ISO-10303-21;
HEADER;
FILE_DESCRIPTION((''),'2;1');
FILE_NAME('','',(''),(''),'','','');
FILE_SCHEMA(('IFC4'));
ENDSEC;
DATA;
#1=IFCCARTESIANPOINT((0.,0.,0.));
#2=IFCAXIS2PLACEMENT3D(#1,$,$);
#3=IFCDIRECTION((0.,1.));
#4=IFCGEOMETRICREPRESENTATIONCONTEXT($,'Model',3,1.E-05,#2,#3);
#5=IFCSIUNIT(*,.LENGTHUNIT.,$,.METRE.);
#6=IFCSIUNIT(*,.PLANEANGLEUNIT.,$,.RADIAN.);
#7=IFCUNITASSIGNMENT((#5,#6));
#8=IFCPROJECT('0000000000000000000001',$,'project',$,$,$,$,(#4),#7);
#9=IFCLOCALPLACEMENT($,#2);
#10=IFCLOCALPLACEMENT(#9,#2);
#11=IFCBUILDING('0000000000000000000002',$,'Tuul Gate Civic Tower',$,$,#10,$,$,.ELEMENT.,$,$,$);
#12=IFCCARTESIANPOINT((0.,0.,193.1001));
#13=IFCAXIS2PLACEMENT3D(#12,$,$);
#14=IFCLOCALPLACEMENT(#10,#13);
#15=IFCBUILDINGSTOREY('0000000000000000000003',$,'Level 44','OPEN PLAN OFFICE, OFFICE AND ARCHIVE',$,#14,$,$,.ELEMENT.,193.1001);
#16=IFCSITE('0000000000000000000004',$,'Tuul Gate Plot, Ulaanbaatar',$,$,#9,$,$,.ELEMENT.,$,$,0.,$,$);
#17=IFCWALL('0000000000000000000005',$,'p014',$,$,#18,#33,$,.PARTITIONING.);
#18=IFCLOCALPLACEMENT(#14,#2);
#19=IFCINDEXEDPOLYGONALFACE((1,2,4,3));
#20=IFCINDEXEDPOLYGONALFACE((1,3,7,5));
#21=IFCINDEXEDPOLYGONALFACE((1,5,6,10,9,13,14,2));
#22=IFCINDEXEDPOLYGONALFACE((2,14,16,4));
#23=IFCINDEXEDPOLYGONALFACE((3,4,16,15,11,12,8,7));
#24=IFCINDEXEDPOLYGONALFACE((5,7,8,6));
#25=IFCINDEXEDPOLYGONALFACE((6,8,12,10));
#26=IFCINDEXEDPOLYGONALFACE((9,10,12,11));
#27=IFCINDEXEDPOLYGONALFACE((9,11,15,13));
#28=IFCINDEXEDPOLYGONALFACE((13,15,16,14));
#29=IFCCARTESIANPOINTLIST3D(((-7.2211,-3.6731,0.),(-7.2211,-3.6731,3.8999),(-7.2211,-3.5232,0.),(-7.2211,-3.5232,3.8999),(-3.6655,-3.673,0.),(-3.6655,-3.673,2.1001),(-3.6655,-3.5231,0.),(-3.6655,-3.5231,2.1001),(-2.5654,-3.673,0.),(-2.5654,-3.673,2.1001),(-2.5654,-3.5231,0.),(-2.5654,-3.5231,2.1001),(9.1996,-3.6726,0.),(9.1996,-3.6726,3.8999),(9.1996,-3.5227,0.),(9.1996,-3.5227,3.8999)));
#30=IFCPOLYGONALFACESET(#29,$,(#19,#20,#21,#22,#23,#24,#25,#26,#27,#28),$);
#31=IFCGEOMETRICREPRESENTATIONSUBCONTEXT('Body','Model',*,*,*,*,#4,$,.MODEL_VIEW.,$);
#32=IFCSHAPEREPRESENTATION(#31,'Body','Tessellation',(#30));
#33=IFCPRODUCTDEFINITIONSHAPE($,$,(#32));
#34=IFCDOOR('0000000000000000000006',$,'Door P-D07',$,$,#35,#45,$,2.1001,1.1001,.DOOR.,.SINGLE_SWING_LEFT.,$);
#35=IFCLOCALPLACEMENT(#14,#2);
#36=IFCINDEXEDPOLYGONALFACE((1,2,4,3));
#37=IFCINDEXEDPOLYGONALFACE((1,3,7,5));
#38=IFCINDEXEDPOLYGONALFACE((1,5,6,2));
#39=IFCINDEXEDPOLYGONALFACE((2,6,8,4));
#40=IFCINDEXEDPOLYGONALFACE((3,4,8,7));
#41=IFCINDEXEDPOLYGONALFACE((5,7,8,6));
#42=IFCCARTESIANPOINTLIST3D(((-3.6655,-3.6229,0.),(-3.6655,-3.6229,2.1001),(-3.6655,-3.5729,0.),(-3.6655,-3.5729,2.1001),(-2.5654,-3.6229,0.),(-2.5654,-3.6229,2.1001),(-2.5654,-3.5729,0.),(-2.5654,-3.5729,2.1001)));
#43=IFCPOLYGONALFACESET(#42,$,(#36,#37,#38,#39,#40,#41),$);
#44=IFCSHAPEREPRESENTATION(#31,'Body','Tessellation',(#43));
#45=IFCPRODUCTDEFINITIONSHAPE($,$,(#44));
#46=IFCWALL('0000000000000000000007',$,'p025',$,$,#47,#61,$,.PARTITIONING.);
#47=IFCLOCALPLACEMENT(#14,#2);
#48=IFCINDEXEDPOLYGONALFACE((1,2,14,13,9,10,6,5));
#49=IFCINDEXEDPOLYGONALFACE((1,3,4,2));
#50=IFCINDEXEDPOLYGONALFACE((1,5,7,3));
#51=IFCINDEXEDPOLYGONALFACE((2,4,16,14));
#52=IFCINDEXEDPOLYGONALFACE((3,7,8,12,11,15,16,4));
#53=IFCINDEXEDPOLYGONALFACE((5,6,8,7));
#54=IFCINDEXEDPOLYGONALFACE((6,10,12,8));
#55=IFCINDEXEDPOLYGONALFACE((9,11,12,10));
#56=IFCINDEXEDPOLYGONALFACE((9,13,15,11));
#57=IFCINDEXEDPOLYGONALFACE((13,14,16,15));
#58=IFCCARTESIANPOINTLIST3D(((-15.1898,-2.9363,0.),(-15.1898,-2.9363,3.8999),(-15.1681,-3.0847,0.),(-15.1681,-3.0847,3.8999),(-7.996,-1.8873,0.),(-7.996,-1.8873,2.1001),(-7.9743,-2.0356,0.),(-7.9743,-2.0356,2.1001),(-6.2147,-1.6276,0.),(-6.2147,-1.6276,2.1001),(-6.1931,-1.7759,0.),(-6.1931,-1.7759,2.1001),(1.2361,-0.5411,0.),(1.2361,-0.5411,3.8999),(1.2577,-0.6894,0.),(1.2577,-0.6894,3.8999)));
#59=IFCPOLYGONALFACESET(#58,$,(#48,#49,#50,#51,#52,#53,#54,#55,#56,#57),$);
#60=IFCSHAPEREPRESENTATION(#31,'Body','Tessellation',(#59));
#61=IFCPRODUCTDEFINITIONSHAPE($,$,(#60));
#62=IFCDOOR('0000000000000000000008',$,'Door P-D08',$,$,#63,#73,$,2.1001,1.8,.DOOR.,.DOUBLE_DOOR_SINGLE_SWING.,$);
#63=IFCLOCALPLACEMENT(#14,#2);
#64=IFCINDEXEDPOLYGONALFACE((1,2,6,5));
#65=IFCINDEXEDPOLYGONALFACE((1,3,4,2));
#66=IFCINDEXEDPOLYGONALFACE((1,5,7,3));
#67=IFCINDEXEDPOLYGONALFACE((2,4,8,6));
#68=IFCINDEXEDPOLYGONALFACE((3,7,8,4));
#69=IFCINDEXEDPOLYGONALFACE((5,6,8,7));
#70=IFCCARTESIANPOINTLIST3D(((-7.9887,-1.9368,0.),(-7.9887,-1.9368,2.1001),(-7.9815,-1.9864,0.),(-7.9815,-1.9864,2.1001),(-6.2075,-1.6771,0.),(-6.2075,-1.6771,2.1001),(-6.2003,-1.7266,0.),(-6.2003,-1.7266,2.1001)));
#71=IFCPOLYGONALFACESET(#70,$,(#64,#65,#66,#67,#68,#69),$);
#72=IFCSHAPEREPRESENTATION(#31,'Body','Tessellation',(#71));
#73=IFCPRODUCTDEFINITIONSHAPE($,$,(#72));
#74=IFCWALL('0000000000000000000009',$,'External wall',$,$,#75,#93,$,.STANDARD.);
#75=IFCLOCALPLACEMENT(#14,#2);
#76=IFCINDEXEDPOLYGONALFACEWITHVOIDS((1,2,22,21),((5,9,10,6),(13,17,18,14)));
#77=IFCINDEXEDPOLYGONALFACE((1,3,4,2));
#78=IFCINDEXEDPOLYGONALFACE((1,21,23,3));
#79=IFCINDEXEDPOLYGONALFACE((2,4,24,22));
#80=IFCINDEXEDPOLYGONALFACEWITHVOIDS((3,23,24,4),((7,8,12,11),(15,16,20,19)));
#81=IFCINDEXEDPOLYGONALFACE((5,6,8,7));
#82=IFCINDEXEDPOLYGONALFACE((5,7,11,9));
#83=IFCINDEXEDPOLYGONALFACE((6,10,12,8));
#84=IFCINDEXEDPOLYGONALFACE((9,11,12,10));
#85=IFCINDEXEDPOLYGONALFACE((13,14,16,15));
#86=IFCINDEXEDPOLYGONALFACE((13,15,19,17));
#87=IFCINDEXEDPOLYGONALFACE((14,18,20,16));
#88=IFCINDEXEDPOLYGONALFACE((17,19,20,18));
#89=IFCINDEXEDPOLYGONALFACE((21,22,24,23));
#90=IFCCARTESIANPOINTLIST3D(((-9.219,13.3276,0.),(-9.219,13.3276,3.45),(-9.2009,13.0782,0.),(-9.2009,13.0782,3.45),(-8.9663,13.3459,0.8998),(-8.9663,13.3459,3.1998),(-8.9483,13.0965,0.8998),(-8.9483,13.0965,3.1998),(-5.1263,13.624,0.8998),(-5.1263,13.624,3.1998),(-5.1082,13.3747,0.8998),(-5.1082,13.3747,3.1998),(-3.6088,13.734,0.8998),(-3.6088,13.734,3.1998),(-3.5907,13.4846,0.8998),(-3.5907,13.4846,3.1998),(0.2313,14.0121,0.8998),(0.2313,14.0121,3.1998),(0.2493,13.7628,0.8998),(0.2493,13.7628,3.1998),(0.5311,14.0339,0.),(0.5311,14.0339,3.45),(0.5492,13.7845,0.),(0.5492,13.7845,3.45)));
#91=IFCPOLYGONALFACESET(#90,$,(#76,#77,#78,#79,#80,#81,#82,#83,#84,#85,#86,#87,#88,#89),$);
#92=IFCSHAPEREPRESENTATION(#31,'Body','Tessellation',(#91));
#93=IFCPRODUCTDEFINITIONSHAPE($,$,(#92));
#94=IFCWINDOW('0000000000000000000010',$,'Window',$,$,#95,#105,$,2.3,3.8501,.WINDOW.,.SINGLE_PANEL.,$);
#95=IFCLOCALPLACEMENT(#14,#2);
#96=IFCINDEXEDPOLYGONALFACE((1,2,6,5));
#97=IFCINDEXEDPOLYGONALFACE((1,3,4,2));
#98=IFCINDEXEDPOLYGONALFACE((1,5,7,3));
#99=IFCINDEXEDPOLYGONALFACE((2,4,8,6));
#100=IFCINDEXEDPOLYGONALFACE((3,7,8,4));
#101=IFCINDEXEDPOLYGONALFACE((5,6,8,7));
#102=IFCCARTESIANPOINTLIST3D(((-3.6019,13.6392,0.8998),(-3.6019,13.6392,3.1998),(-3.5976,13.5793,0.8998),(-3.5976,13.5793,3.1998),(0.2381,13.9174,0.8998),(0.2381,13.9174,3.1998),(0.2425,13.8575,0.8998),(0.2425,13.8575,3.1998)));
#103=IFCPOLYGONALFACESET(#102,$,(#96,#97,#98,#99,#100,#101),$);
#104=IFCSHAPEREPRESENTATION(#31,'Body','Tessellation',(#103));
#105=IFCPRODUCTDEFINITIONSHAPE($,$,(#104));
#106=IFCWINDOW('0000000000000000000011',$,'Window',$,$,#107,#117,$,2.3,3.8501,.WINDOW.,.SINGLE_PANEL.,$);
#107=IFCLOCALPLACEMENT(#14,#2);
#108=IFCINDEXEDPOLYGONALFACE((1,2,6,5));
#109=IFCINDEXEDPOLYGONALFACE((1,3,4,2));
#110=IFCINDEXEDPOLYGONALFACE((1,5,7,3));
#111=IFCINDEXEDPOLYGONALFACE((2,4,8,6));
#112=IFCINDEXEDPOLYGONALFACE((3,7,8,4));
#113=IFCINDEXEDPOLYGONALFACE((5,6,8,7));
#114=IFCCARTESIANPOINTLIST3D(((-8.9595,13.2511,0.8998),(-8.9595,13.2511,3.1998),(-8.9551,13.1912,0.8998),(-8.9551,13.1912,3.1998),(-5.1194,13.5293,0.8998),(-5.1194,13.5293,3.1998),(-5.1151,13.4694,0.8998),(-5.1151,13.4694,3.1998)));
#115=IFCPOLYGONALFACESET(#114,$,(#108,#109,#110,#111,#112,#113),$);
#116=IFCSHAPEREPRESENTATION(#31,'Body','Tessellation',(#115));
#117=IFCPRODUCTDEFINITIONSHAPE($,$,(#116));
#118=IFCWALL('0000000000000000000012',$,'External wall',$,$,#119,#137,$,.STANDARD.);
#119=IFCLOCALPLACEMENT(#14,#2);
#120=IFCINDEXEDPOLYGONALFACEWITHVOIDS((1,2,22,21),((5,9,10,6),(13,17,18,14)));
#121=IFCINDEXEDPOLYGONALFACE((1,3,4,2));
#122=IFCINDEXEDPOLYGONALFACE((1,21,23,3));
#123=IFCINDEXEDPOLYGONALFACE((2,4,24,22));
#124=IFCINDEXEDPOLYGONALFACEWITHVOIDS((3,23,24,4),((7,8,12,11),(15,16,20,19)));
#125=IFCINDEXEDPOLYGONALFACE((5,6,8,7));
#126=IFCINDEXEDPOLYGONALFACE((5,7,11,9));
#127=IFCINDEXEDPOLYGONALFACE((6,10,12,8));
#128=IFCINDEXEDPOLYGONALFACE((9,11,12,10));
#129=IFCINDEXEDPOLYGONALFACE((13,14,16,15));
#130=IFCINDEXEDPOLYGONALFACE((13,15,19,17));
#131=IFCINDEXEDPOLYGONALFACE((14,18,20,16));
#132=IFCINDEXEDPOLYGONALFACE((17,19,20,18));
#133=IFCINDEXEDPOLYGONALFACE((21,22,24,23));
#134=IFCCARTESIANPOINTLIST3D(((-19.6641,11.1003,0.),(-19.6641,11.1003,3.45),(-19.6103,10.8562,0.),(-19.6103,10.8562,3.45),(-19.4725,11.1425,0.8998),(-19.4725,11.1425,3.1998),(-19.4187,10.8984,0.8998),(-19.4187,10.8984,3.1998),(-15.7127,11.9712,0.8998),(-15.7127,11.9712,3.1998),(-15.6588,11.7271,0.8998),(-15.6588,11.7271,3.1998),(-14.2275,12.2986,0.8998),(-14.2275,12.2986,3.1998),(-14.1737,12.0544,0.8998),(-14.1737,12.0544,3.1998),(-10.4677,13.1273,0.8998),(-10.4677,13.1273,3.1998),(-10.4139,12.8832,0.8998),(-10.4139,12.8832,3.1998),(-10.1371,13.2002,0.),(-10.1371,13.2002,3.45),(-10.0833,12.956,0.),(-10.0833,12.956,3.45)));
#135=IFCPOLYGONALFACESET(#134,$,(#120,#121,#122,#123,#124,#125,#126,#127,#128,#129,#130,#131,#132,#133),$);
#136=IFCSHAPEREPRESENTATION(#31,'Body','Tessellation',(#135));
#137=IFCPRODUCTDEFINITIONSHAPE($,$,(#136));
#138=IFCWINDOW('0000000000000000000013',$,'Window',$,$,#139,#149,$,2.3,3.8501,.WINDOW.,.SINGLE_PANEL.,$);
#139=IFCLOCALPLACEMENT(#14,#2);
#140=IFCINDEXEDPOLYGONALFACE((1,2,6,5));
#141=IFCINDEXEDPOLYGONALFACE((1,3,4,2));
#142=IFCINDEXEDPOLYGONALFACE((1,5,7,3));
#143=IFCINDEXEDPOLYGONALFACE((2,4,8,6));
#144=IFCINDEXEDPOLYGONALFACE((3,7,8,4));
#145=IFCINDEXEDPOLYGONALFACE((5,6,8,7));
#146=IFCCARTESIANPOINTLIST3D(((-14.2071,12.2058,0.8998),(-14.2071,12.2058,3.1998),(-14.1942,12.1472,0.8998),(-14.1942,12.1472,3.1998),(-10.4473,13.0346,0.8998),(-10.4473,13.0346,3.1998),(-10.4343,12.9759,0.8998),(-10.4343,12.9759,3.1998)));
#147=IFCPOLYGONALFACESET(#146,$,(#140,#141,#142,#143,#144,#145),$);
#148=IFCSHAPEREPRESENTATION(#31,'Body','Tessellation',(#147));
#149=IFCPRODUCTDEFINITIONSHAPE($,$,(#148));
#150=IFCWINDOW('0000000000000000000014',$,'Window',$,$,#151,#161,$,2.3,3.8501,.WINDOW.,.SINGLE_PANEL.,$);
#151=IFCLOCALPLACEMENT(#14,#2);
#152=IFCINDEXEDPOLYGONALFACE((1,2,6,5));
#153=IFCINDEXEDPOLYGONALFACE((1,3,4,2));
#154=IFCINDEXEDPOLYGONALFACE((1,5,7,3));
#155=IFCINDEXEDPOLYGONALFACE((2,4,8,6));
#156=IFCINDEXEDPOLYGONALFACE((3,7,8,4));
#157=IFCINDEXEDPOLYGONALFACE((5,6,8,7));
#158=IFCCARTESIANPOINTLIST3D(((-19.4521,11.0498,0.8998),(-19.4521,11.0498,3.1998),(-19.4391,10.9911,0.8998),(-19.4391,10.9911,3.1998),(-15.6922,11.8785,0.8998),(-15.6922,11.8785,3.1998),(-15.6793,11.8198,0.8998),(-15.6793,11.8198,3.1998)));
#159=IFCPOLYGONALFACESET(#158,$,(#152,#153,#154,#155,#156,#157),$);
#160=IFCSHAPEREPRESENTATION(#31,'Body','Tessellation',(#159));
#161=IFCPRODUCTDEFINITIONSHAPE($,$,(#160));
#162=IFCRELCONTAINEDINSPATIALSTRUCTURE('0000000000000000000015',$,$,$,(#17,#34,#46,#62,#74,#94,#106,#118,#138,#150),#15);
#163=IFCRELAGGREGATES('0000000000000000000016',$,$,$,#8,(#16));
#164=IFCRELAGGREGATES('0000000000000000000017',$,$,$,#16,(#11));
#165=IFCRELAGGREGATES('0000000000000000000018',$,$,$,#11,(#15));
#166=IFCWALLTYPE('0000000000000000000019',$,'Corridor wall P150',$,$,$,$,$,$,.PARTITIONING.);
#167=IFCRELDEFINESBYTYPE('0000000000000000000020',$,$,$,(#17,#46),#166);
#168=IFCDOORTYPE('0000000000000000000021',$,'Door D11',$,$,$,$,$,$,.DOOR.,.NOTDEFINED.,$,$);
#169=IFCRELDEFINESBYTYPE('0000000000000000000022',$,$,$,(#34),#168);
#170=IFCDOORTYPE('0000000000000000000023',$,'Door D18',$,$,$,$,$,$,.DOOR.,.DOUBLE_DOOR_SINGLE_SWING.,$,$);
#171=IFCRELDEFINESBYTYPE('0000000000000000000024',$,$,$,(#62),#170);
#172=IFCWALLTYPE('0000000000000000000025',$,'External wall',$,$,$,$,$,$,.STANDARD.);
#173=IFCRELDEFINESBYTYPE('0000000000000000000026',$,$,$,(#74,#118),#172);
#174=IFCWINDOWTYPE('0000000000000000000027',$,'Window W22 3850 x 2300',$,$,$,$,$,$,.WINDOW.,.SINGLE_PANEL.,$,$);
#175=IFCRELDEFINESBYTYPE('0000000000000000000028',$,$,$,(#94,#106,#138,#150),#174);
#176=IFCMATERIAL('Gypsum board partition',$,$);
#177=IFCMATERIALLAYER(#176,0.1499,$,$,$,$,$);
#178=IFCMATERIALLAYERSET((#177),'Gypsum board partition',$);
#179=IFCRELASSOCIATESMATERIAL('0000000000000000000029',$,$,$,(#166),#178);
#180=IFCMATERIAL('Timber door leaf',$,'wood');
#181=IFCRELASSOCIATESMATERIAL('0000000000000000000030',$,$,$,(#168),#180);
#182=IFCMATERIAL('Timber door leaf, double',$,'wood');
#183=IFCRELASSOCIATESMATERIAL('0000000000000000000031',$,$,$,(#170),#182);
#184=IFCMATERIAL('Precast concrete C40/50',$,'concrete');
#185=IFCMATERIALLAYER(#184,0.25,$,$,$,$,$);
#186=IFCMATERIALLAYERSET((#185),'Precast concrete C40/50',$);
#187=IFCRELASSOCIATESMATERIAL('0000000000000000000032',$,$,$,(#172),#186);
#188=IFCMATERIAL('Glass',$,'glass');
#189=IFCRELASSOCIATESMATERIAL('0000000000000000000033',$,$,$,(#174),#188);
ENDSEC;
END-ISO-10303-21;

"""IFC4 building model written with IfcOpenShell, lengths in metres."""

from ifc_helpers import new_model, si_unit, direction, frame, frame_2d, origin, place, context, subcontext, project, spatial, rectangle, extrude, material, layer, layer_set, type_object, element, fill, save


model = new_model("IFC4")

# Units and contexts
model_context = context("Model", 3, precision=1e-05, world=origin(), true_north=direction((0.0, 1.0)))
body_context = subcontext(model_context, "Body", "Model", "MODEL_VIEW")
ifc_project = project(units=[si_unit("LENGTHUNIT", "METRE"), si_unit("PLANEANGLEUNIT", "RADIAN")], contexts=[model_context])

# Site, building, storey
site_placement = place(None, origin())
site = spatial("IfcSite", under=ifc_project, at=site_placement, Name="Tuul Gate Plot, Ulaanbaatar", CompositionType="ELEMENT", RefElevation=0.0)
building_placement = place(site_placement, origin())
building = spatial("IfcBuilding", under=site, at=building_placement, Name="Tuul Gate Civic Tower", CompositionType="ELEMENT")
storey_placement = place(building_placement, frame((0.0, 0.0, 193.1001)))
storey = spatial("IfcBuildingStorey", under=building, at=storey_placement, Name="Level 44", Description="OPEN PLAN OFFICE, OFFICE AND ARCHIVE", CompositionType="ELEMENT", Elevation=193.1001)

# Walls, openings, doors
ifc_material_1 = material(Name="Gypsum board partition")
ifc_layer_1 = layer(ifc_material_1, 0.1499)
ifc_layer_set_1 = layer_set([ifc_layer_1], Name="Gypsum board partition")
wall_type_1 = type_object("IfcWallType", Name="Corridor wall P150", PredefinedType="PARTITIONING", material=ifc_layer_set_1)
wall_1_placement = place(storey_placement, frame((-7.2212, -3.5981, 0.0), z_axis=(0.0, 0.0, 1.0), x_axis=(1.0, 0.00003, 0.0)))
wall_1 = element("IfcWall", 1, at=wall_1_placement, inside=storey, type_object=wall_type_1, Name="p014", PredefinedType="PARTITIONING", context=body_context, shape_type="SweptSolid", body=[
    extrude(rectangle(XDim=16.4207, YDim=0.1499, at=frame_2d((8.2104, 0.0))), origin(), (0.0, 0.0, 1.0), 3.8999),
])
opening_1_placement = place(wall_1_placement, frame((3.5557, 0.0, 0.0)))
opening_1 = element("IfcOpeningElement", 2, at=opening_1_placement, cuts=wall_1, PredefinedType="OPENING", context=body_context, shape_type="SweptSolid", body=[
    extrude(rectangle(XDim=1.1001, YDim=2.1001, at=frame_2d((0.55, 1.05))), frame((0.0, 0.085, 0.0), z_axis=(0.0, -1.0, 0.0), x_axis=(1.0, 0.0, 0.0)), (0.0, 0.0, 1.0), 0.1699),
])
ifc_material_2 = material(Name="Timber door leaf", Category="wood")
door_type_1 = type_object("IfcDoorType", Name="Door D11", OperationType="NOTDEFINED", PredefinedType="DOOR", material=ifc_material_2)
door_1_placement = place(opening_1_placement, frame((1.1001, 0.0, 0.0), z_axis=(0.0, 0.0, 1.0), x_axis=(-1.0, 0.0, 0.0)))
door_1 = element("IfcDoor", 3, at=door_1_placement, inside=storey, type_object=door_type_1, Name="Door P-D07", OperationType="SINGLE_SWING_LEFT", OverallHeight=2.1001, OverallWidth=1.1001, PredefinedType="DOOR", context=body_context, shape_type="SweptSolid", body=[
    extrude(rectangle(XDim=1.1001, YDim=2.1001, at=frame_2d((0.55, 1.05))), frame((0.0, 0.0249, 0.0), z_axis=(0.0, -1.0, 0.0), x_axis=(1.0, 0.0, 0.0)), (0.0, 0.0, 1.0), 0.05),
])
fill(opening_1, door_1)
wall_2_placement = place(storey_placement, frame((-15.179, -3.0105, 0.0), z_axis=(0.0, 0.0, 1.0), x_axis=(0.989534, 0.144297, 0.0)))
wall_2 = element("IfcWall", 4, at=wall_2_placement, inside=storey, type_object=wall_type_1, Name="p025", PredefinedType="PARTITIONING", context=body_context, shape_type="SweptSolid", body=[
    extrude(rectangle(XDim=16.5996, YDim=0.1499, at=frame_2d((8.2998, 0.0))), origin(), (0.0, 0.0, 1.0), 3.8999),
])
opening_2_placement = place(wall_2_placement, frame((7.27, 0.0, 0.0)))
opening_2 = element("IfcOpeningElement", 5, at=opening_2_placement, cuts=wall_2, PredefinedType="OPENING", context=body_context, shape_type="SweptSolid", body=[
    extrude(rectangle(XDim=1.8, YDim=2.1001, at=frame_2d((0.8999, 1.05))), frame((0.0, 0.085, 0.0), z_axis=(0.0, -1.0, 0.0), x_axis=(1.0, 0.0, 0.0)), (0.0, 0.0, 1.0), 0.1699),
])
ifc_material_3 = material(Name="Timber door leaf, double", Category="wood")
door_type_2 = type_object("IfcDoorType", Name="Door D18", OperationType="DOUBLE_DOOR_SINGLE_SWING", PredefinedType="DOOR", material=ifc_material_3)
door_2_placement = place(opening_2_placement, origin())
door_2 = element("IfcDoor", 6, at=door_2_placement, inside=storey, type_object=door_type_2, Name="Door P-D08", OperationType="DOUBLE_DOOR_SINGLE_SWING", OverallHeight=2.1001, OverallWidth=1.8, PredefinedType="DOOR", context=body_context, shape_type="SweptSolid", body=[
    extrude(rectangle(XDim=1.8, YDim=2.1001, at=frame_2d((0.8999, 1.05))), frame((0.0, 0.0249, 0.0), z_axis=(0.0, -1.0, 0.0), x_axis=(1.0, 0.0, 0.0)), (0.0, 0.0, 1.0), 0.05),
])
fill(opening_2, door_2)

# Walls, openings, windows
ifc_material_4 = material(Name="Precast concrete C40/50", Category="concrete")
ifc_layer_2 = layer(ifc_material_4, 0.25)
ifc_layer_set_2 = layer_set([ifc_layer_2], Name="Precast concrete C40/50")
wall_type_2 = type_object("IfcWallType", Name="External wall", PredefinedType="STANDARD", material=ifc_layer_set_2)
wall_3_placement = place(storey_placement, frame((0.54, 13.9092, 0.0), z_axis=(0.0, 0.0, 1.0), x_axis=(-0.997386, -0.072252, 0.0)))
wall_3 = element("IfcWall", 7, at=wall_3_placement, inside=storey, type_object=wall_type_2, Name="External wall", PredefinedType="STANDARD", context=body_context, shape_type="SweptSolid", body=[
    extrude(rectangle(XDim=9.7756, YDim=0.25, at=frame_2d((4.8877, 0.0))), origin(), (0.0, 0.0, 1.0), 3.45),
])
opening_3_placement = place(wall_3_placement, frame((0.3005, 0.0, 0.8999)))
opening_3 = element("IfcOpeningElement", 8, at=opening_3_placement, cuts=wall_3, PredefinedType="OPENING", context=body_context, shape_type="SweptSolid", body=[
    extrude(rectangle(XDim=3.8501, YDim=2.3, at=frame_2d((1.925, 1.1499))), frame((0.0, 0.135, 0.0), z_axis=(0.0, -1.0, 0.0), x_axis=(1.0, 0.0, 0.0)), (0.0, 0.0, 1.0), 0.27),
])
opening_4_placement = place(wall_3_placement, frame((5.6721, 0.0, 0.8999)))
opening_4 = element("IfcOpeningElement", 9, at=opening_4_placement, cuts=wall_3, PredefinedType="OPENING", context=body_context, shape_type="SweptSolid", body=[
    extrude(rectangle(XDim=3.8501, YDim=2.3, at=frame_2d((1.925, 1.1499))), frame((0.0, 0.135, 0.0), z_axis=(0.0, -1.0, 0.0), x_axis=(1.0, 0.0, 0.0)), (0.0, 0.0, 1.0), 0.27),
])
ifc_material_5 = material(Name="Glass", Category="glass")
window_type = type_object("IfcWindowType", Name="Window W22 3850 x 2300", PartitioningType="SINGLE_PANEL", PredefinedType="WINDOW", material=ifc_material_5)
window_1_placement = place(opening_3_placement, origin())
window_1 = element("IfcWindow", 10, at=window_1_placement, inside=storey, type_object=window_type, Name="Window", OverallHeight=2.3, OverallWidth=3.8501, PartitioningType="SINGLE_PANEL", PredefinedType="WINDOW", context=body_context, shape_type="SweptSolid", body=[
    extrude(rectangle(XDim=3.8501, YDim=2.3, at=frame_2d((1.925, 1.1499))), frame((0.0, 0.03, 0.0), z_axis=(0.0, -1.0, 0.0), x_axis=(1.0, 0.0, 0.0)), (0.0, 0.0, 1.0), 0.0601),
])
fill(opening_3, window_1)
window_2_placement = place(opening_4_placement, origin())
window_2 = element("IfcWindow", 11, at=window_2_placement, inside=storey, type_object=window_type, Name="Window", OverallHeight=2.3, OverallWidth=3.8501, PartitioningType="SINGLE_PANEL", PredefinedType="WINDOW", context=body_context, shape_type="SweptSolid", body=[
    extrude(rectangle(XDim=3.8501, YDim=2.3, at=frame_2d((1.925, 1.1499))), frame((0.0, 0.03, 0.0), z_axis=(0.0, -1.0, 0.0), x_axis=(1.0, 0.0, 0.0)), (0.0, 0.0, 1.0), 0.0601),
])
fill(opening_4, window_2)
wall_4_placement = place(storey_placement, frame((-10.1101, 13.0781, 0.0), z_axis=(0.0, 0.0, 1.0), x_axis=(-0.97656, -0.215248, 0.0)))
wall_4 = element("IfcWall", 12, at=wall_4_placement, inside=storey, type_object=wall_type_2, Name="External wall", PredefinedType="STANDARD", context=body_context, shape_type="SweptSolid", body=[
    extrude(rectangle(XDim=9.7556, YDim=0.25, at=frame_2d((4.8779, 0.0))), origin(), (0.0, 0.0, 1.0), 3.45),
])
opening_5_placement = place(wall_4_placement, frame((0.3386, 0.0, 0.8999)))
opening_5 = element("IfcOpeningElement", 13, at=opening_5_placement, cuts=wall_4, PredefinedType="OPENING", context=body_context, shape_type="SweptSolid", body=[
    extrude(rectangle(XDim=3.8501, YDim=2.3, at=frame_2d((1.925, 1.1499))), frame((0.0, 0.135, 0.0), z_axis=(0.0, -1.0, 0.0), x_axis=(1.0, 0.0, 0.0)), (0.0, 0.0, 1.0), 0.27),
])
opening_6_placement = place(wall_4_placement, frame((5.7095, 0.0, 0.8999)))
opening_6 = element("IfcOpeningElement", 14, at=opening_6_placement, cuts=wall_4, PredefinedType="OPENING", context=body_context, shape_type="SweptSolid", body=[
    extrude(rectangle(XDim=3.8501, YDim=2.3, at=frame_2d((1.925, 1.1499))), frame((0.0, 0.135, 0.0), z_axis=(0.0, -1.0, 0.0), x_axis=(1.0, 0.0, 0.0)), (0.0, 0.0, 1.0), 0.27),
])
window_3_placement = place(opening_5_placement, origin())
window_3 = element("IfcWindow", 15, at=window_3_placement, inside=storey, type_object=window_type, Name="Window", OverallHeight=2.3, OverallWidth=3.8501, PartitioningType="SINGLE_PANEL", PredefinedType="WINDOW", context=body_context, shape_type="SweptSolid", body=[
    extrude(rectangle(XDim=3.8501, YDim=2.3, at=frame_2d((1.925, 1.1499))), frame((0.0, 0.03, 0.0), z_axis=(0.0, -1.0, 0.0), x_axis=(1.0, 0.0, 0.0)), (0.0, 0.0, 1.0), 0.0601),
])
fill(opening_5, window_3)
window_4_placement = place(opening_6_placement, origin())
window_4 = element("IfcWindow", 16, at=window_4_placement, inside=storey, type_object=window_type, Name="Window", OverallHeight=2.3, OverallWidth=3.8501, PartitioningType="SINGLE_PANEL", PredefinedType="WINDOW", context=body_context, shape_type="SweptSolid", body=[
    extrude(rectangle(XDim=3.8501, YDim=2.3, at=frame_2d((1.925, 1.1499))), frame((0.0, 0.03, 0.0), z_axis=(0.0, -1.0, 0.0), x_axis=(1.0, 0.0, 0.0)), (0.0, 0.0, 1.0), 0.0601),
])
fill(opening_6, window_4)

save(model, "model.ifc")
